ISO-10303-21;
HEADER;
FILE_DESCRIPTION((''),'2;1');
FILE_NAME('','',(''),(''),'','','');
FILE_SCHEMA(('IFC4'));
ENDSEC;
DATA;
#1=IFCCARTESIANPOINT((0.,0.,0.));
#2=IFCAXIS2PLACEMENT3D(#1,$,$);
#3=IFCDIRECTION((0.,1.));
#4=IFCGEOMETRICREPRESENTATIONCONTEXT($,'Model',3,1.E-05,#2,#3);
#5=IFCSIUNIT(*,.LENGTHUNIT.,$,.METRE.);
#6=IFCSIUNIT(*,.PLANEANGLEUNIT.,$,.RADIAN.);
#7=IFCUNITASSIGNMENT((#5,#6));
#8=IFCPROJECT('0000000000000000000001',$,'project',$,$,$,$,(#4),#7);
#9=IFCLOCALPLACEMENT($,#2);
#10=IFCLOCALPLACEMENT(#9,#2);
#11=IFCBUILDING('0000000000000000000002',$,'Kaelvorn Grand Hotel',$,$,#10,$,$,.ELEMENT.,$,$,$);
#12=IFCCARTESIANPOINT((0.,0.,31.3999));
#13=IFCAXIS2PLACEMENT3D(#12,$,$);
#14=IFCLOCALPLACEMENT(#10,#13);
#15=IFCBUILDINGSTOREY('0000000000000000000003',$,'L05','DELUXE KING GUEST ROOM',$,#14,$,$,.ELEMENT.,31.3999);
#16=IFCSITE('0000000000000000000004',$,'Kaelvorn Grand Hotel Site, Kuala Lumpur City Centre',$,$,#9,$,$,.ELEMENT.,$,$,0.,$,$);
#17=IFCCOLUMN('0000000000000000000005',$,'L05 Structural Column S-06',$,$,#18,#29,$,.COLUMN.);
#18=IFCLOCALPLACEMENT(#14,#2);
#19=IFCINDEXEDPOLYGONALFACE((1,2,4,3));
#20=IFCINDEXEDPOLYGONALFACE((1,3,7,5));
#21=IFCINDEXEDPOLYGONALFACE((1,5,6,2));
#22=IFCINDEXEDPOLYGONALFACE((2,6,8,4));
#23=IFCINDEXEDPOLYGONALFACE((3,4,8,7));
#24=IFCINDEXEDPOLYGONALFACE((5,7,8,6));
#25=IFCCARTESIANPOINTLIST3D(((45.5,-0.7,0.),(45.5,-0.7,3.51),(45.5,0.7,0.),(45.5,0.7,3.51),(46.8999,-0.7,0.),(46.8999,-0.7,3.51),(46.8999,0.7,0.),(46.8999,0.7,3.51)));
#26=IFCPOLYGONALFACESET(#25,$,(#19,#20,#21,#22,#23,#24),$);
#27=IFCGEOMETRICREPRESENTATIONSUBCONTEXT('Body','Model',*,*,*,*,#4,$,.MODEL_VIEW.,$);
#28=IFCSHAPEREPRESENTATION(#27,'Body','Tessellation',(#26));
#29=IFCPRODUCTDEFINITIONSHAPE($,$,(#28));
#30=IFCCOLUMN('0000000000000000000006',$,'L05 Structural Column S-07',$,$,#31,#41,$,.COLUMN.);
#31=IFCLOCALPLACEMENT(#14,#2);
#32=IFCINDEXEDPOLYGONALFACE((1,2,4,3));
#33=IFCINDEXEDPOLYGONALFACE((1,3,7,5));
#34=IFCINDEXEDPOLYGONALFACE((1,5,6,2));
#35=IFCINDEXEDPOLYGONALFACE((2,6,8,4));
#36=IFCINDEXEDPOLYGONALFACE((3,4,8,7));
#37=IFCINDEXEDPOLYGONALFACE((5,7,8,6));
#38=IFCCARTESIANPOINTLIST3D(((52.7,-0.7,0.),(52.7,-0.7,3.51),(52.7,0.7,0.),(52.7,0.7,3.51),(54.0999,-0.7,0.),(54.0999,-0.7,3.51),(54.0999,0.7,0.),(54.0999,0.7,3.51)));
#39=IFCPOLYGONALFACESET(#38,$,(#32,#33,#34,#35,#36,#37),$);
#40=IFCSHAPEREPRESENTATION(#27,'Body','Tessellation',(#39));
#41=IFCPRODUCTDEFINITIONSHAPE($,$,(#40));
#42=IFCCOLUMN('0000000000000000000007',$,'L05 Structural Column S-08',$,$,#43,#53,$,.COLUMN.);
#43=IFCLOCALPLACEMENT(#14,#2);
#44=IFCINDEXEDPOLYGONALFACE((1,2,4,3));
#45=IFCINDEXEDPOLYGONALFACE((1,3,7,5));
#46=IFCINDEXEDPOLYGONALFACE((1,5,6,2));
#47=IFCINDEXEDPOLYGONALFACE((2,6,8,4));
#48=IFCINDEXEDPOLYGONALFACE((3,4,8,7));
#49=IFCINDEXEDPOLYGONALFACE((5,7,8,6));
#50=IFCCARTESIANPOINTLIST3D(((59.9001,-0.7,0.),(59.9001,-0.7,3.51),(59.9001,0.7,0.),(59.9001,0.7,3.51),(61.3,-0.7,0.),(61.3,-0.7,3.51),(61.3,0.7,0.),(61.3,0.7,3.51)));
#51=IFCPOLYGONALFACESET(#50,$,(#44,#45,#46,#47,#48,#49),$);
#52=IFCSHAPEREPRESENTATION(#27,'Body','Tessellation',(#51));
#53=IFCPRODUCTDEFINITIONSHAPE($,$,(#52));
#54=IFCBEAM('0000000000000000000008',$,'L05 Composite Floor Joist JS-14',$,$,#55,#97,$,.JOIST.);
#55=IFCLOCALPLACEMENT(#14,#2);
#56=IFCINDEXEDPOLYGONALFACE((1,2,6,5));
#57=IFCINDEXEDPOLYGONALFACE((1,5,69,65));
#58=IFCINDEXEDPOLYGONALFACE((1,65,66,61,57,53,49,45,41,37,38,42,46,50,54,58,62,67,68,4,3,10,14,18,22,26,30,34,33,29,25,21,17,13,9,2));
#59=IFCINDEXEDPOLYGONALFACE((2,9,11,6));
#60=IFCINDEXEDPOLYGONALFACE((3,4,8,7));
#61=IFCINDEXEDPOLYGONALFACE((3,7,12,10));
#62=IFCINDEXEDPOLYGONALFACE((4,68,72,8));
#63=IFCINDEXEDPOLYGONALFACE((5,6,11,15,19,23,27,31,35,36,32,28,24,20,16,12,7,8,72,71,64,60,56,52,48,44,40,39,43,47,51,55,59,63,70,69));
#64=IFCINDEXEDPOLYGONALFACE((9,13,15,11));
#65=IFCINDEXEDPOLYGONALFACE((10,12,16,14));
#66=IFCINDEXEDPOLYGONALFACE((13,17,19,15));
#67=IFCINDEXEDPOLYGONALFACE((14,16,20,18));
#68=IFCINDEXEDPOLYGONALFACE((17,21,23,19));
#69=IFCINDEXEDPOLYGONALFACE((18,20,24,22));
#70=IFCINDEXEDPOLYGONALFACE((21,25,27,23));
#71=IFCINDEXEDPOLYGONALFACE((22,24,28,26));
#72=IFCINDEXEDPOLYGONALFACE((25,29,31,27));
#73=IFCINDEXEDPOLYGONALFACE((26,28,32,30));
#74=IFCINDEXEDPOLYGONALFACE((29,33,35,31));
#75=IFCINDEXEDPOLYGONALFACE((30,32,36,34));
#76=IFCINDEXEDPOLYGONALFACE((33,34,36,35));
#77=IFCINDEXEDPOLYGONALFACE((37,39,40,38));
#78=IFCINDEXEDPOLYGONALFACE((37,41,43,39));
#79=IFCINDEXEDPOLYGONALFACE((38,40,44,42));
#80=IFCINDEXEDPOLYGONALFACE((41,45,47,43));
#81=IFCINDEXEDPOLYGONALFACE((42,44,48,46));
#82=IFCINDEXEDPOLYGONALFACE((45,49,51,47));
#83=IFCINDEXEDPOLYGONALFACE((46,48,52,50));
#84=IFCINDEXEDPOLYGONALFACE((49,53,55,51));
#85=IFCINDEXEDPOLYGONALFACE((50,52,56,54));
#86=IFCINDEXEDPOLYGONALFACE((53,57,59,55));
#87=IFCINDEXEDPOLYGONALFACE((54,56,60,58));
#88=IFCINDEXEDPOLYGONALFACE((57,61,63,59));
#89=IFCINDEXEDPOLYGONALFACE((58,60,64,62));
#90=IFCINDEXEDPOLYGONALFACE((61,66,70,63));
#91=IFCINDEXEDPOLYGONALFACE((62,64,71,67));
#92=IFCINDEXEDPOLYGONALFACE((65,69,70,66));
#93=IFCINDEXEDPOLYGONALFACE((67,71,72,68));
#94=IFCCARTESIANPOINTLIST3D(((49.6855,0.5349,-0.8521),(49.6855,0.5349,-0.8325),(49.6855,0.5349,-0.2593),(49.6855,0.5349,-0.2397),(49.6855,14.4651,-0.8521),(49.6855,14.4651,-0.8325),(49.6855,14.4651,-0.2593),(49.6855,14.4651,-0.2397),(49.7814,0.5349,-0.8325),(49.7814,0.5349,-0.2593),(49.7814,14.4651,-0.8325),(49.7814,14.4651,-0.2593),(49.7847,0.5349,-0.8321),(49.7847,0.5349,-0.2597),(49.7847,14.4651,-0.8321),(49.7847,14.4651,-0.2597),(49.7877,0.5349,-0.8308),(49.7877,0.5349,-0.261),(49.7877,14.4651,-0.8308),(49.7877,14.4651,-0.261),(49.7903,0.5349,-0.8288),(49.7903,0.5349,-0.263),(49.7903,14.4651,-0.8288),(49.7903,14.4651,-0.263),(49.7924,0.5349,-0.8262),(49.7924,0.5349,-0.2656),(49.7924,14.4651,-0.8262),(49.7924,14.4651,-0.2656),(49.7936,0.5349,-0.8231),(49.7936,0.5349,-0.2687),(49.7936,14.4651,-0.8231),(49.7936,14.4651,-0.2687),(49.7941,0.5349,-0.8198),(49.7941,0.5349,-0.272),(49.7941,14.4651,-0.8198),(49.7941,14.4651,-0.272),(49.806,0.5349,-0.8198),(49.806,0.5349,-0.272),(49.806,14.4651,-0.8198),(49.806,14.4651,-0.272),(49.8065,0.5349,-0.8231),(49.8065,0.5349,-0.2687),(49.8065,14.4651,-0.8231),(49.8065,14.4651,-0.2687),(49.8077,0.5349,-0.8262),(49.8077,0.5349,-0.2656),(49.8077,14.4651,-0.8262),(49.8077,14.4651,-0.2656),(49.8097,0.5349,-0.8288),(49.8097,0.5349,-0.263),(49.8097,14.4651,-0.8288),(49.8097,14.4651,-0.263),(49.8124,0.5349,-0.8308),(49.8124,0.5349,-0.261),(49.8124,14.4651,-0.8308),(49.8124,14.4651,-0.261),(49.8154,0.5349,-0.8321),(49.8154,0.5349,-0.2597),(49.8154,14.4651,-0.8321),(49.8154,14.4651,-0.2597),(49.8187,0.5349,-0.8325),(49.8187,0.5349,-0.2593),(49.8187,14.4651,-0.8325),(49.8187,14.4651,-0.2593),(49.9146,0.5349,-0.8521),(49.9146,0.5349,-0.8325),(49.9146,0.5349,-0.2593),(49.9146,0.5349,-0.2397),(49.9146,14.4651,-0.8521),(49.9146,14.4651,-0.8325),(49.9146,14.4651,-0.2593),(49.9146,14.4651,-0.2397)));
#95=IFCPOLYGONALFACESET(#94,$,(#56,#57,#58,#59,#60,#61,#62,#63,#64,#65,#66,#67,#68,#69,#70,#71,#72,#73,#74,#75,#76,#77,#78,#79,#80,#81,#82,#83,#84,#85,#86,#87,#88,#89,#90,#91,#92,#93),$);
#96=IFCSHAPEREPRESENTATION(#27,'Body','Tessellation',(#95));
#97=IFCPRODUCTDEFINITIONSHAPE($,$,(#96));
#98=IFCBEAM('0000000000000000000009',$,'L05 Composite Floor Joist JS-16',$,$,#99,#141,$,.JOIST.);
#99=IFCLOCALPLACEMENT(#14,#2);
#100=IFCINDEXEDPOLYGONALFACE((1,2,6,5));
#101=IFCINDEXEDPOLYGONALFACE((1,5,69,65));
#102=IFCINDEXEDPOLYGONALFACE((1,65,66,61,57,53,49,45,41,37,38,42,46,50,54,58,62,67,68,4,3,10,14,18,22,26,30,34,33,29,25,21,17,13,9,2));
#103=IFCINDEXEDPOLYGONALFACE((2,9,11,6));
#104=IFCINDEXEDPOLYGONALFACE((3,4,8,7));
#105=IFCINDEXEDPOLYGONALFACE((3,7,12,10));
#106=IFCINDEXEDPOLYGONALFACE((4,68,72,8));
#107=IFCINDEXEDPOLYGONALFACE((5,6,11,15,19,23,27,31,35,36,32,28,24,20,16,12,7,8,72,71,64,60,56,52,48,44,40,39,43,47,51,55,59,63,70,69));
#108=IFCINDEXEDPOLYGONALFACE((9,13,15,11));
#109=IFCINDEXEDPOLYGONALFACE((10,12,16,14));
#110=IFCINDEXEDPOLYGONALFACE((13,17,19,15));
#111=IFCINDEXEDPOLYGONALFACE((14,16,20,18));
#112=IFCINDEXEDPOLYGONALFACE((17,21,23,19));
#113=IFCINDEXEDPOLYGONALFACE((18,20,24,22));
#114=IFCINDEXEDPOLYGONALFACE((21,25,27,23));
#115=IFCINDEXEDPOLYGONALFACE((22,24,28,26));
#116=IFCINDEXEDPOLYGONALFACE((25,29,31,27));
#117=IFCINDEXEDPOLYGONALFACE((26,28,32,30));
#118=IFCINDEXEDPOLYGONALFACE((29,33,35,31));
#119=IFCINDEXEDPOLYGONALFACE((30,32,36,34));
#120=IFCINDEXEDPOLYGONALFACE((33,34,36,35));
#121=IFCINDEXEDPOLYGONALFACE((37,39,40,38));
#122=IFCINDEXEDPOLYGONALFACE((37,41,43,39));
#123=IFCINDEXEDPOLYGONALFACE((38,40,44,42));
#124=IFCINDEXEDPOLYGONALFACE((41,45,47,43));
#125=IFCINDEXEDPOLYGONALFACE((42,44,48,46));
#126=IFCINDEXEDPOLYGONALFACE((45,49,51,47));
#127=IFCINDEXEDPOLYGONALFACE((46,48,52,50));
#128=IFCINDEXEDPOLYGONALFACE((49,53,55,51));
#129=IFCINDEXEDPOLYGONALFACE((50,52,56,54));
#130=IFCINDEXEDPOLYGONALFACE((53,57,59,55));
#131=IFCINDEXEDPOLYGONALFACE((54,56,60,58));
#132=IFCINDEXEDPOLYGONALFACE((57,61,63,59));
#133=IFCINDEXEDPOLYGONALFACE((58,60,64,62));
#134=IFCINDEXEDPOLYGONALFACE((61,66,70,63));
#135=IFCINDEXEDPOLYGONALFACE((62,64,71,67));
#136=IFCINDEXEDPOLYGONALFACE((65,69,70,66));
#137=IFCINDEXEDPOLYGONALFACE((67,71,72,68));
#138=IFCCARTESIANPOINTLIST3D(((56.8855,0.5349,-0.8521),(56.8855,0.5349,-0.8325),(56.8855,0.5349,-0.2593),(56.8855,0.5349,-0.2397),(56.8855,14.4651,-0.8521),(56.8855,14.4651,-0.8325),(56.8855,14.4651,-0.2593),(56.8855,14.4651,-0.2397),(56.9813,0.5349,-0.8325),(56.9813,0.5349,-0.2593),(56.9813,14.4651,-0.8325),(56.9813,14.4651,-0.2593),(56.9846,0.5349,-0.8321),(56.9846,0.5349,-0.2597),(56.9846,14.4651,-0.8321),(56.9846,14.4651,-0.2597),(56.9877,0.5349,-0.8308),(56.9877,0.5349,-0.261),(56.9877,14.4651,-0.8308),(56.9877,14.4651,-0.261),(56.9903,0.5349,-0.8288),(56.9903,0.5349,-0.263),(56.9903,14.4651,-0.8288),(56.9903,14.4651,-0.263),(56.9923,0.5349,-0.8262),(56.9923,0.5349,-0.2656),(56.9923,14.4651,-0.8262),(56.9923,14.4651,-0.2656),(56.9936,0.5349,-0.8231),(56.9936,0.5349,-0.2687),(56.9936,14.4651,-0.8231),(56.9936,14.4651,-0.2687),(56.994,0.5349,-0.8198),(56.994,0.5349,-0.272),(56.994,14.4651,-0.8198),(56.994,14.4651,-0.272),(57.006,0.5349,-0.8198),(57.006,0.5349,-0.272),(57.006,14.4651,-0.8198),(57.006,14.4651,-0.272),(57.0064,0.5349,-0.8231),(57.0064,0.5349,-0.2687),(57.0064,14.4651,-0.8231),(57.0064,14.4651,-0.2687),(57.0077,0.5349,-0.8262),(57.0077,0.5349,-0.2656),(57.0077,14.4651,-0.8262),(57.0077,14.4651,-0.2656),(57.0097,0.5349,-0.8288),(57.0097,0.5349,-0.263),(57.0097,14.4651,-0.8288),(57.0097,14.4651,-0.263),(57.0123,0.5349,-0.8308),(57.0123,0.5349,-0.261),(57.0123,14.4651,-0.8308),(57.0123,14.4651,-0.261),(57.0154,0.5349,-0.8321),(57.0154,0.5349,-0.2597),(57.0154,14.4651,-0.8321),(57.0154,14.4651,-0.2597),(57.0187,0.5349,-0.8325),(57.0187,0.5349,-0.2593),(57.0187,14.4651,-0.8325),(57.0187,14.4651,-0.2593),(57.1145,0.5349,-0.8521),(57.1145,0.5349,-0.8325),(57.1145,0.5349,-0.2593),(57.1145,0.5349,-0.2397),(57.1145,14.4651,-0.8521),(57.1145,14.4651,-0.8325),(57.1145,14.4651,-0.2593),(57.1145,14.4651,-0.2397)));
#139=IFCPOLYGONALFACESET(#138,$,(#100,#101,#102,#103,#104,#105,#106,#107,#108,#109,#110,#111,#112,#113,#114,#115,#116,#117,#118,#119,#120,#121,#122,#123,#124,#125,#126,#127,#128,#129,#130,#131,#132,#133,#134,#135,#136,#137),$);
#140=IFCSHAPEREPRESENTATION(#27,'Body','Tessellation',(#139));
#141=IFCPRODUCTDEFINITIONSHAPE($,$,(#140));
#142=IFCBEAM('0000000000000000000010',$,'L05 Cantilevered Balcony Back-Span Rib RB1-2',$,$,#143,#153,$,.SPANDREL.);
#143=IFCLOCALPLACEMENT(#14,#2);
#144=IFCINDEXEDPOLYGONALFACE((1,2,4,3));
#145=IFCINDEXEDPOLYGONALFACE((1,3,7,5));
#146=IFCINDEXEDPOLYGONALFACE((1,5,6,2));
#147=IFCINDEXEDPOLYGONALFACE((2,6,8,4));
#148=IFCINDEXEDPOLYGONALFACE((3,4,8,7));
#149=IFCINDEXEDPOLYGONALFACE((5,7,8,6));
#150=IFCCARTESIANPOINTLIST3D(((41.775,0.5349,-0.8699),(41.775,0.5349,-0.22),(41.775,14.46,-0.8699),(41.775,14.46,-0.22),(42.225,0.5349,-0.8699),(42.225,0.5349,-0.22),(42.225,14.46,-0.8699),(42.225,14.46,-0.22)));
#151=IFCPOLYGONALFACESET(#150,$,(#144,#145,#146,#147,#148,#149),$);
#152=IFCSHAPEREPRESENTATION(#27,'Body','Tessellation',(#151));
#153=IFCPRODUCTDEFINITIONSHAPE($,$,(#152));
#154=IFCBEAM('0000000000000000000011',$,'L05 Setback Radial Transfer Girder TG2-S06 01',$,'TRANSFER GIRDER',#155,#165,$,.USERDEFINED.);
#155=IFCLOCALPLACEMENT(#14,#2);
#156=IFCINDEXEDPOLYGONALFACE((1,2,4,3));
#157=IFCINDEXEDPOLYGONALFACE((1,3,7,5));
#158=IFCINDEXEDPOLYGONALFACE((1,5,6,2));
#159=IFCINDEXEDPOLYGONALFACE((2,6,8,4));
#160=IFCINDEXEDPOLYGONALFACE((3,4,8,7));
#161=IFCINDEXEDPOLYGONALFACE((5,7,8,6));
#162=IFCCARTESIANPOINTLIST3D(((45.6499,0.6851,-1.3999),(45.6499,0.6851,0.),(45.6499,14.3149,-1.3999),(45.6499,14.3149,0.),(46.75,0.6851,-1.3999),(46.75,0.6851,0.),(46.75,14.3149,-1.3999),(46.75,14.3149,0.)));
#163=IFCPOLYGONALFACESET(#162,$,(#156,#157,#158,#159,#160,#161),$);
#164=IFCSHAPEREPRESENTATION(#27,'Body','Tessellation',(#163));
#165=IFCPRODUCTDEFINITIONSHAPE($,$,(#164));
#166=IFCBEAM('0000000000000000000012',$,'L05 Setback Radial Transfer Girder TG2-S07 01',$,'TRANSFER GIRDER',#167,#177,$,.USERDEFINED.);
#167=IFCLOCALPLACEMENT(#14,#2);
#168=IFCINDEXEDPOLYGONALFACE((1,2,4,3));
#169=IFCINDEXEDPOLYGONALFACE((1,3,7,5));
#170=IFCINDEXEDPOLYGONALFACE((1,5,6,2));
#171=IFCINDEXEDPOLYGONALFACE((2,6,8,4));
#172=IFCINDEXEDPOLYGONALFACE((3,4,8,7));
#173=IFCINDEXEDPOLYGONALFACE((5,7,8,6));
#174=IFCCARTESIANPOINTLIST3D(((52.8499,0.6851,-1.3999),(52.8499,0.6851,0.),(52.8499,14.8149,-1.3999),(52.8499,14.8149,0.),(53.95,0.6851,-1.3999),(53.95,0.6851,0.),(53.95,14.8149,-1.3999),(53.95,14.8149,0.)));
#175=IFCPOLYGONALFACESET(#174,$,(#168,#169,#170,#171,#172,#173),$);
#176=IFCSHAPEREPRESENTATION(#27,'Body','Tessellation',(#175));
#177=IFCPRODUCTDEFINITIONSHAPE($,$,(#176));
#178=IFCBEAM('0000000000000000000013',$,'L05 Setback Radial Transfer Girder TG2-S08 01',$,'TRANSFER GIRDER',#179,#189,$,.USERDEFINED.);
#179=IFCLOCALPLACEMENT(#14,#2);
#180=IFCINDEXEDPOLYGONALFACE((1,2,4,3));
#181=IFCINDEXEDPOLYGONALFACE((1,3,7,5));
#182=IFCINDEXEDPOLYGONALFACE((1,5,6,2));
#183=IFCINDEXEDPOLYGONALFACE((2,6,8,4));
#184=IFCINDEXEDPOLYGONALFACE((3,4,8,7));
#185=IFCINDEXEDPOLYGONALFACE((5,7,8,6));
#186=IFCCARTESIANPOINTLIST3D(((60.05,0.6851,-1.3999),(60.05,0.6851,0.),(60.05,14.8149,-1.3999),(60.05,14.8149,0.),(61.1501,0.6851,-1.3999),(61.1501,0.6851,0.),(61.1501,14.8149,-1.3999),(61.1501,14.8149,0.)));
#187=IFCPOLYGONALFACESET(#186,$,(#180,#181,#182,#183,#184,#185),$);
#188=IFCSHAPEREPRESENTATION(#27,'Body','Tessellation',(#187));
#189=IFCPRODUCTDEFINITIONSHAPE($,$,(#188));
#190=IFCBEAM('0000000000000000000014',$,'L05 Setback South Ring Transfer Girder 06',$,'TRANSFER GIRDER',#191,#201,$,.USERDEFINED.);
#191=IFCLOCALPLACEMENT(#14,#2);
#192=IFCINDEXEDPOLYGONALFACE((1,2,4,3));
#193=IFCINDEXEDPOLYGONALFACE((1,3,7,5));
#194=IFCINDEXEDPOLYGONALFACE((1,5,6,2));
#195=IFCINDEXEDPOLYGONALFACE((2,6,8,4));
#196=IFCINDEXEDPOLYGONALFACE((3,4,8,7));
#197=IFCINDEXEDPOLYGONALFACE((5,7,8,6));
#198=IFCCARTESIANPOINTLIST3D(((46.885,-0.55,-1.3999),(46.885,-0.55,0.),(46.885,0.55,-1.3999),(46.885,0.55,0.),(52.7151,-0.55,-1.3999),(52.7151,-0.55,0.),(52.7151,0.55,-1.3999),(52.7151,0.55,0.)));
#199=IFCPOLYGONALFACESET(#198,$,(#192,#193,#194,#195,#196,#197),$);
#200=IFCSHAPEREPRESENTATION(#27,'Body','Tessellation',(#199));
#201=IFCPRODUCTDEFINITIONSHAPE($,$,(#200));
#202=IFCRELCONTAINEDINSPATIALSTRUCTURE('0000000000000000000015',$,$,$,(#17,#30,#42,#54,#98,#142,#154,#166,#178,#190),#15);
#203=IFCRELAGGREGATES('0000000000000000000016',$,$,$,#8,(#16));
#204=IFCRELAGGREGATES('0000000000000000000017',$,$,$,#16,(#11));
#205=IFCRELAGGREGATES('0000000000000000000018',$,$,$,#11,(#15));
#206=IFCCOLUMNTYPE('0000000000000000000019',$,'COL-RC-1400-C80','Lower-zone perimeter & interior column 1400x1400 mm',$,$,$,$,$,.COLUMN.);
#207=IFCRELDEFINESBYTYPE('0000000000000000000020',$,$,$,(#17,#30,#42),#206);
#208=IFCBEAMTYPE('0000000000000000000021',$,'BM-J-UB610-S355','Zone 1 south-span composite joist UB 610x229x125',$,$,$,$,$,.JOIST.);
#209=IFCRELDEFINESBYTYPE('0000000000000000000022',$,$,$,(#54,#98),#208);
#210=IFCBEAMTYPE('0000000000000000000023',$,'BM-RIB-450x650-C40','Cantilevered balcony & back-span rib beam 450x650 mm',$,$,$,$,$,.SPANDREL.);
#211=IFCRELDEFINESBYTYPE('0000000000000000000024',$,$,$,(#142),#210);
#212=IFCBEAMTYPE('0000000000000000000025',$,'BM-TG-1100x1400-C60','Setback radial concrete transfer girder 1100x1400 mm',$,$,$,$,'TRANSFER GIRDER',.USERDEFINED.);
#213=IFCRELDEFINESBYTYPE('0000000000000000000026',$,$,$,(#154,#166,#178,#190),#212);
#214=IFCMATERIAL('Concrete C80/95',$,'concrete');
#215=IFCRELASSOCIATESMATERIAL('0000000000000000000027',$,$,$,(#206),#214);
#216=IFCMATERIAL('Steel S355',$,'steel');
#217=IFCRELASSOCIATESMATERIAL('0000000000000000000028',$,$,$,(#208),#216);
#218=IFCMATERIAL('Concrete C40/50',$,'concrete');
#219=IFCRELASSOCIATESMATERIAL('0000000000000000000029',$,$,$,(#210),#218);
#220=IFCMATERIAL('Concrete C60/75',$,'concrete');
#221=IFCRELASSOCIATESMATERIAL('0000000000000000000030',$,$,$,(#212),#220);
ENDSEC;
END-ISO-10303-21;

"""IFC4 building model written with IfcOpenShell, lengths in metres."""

from ifc_helpers import new_model, si_unit, direction, frame, origin, origin_2d, place, context, subcontext, project, spatial, rectangle, i_section, extrude, material, material_profile, profile_set, type_object, element, save


model = new_model("IFC4")

# Units and contexts
model_context = context("Model", 3, precision=1e-05, world=origin(), true_north=direction((0.0, 1.0)))
body_context = subcontext(model_context, "Body", "Model", "MODEL_VIEW")
ifc_project = project(units=[si_unit("LENGTHUNIT", "METRE"), si_unit("PLANEANGLEUNIT", "RADIAN")], contexts=[model_context])

# Site, building, storey
site_placement = place(None, origin())
site = spatial("IfcSite", under=ifc_project, at=site_placement, Name="Kaelvorn Grand Hotel Site, Kuala Lumpur City Centre", CompositionType="ELEMENT", RefElevation=0.0)
building_placement = place(site_placement, origin())
building = spatial("IfcBuilding", under=site, at=building_placement, Name="Kaelvorn Grand Hotel", CompositionType="ELEMENT")
storey_placement = place(building_placement, frame((0.0, 0.0, 31.3999)))
storey = spatial("IfcBuildingStorey", under=building, at=storey_placement, Name="L05", Description="DELUXE KING GUEST ROOM", CompositionType="ELEMENT", Elevation=31.3999)

# Columns
ifc_material_1 = material(Name="Concrete C80/95", Category="concrete")
ifc_material_profile_1 = material_profile(ifc_material_1, rectangle(XDim=1.3999, YDim=1.3999, at=origin_2d()), Name="RC COL 1400x1400")
ifc_profile_set_1 = profile_set([ifc_material_profile_1], Name="Concrete C80/95")
column_type = type_object("IfcColumnType", Name="COL-RC-1400-C80", Description="Lower-zone perimeter & interior column 1400x1400 mm", PredefinedType="COLUMN", material=ifc_profile_set_1)
for number, where, z_axis, x_axis, name in (
    (1, (46.2, 0.0, 0.0), (0.0, 0.0, 1.0), (1.0, 0.0, 0.0), "L05 Structural Column S-06"),
    (2, (53.3999, 0.0, 0.0), (0.0, 0.0, 1.0), (1.0, 0.0, 0.0), "L05 Structural Column S-07"),
    (3, (60.6001, 0.0, 0.0), (0.0, 0.0, 1.0), (1.0, 0.0, 0.0), "L05 Structural Column S-08"),
):
    element("IfcColumn", number, at=place(storey_placement, frame(where, z_axis=z_axis, x_axis=x_axis)), inside=storey, type_object=column_type, Name=name, PredefinedType="COLUMN", context=body_context, shape_type="SweptSolid", body=[
        extrude(rectangle(XDim=1.3999, YDim=1.3999, at=origin_2d()), origin(), (0.0, 0.0, 1.0), 3.51),
    ])

# Beams
ifc_material_2 = material(Name="Steel S355", Category="steel")
ifc_material_profile_2 = material_profile(ifc_material_2, i_section(OverallWidth=0.229, OverallDepth=0.6123, WebThickness=0.012, FlangeThickness=0.0195, FilletRadius=0.0127, at=origin_2d()), Name="UB 610x229x125")
ifc_profile_set_2 = profile_set([ifc_material_profile_2], Name="Steel S355")
beam_type_1 = type_object("IfcBeamType", Name="BM-J-UB610-S355", Description="Zone 1 south-span composite joist UB 610x229x125", PredefinedType="JOIST", material=ifc_profile_set_2)
for number, where, z_axis, x_axis, name in (
    (4, (49.8, 0.5349, -0.5459), (0.0, 1.0, 0.0), (-1.0, 0.0, 0.0), "L05 Composite Floor Joist JS-14"),
    (5, (57.0, 0.5349, -0.5459), (0.0, 1.0, 0.0), (-1.0, 0.0, 0.0), "L05 Composite Floor Joist JS-16"),
):
    element("IfcBeam", number, at=place(storey_placement, frame(where, z_axis=z_axis, x_axis=x_axis)), inside=storey, type_object=beam_type_1, Name=name, PredefinedType="JOIST", context=body_context, shape_type="SweptSolid", body=[
        extrude(i_section(OverallWidth=0.229, OverallDepth=0.6123, WebThickness=0.012, FlangeThickness=0.0195, FilletRadius=0.0127, at=origin_2d()), origin(), (0.0, 0.0, 1.0), 13.9302),
    ])
ifc_material_3 = material(Name="Concrete C40/50", Category="concrete")
ifc_material_profile_3 = material_profile(ifc_material_3, rectangle(XDim=0.45, YDim=0.6499, at=origin_2d()), Name="RC RIB 450x650")
ifc_profile_set_3 = profile_set([ifc_material_profile_3], Name="Concrete C40/50")
beam_type_2 = type_object("IfcBeamType", Name="BM-RIB-450x650-C40", Description="Cantilevered balcony & back-span rib beam 450x650 mm", PredefinedType="SPANDREL", material=ifc_profile_set_3)
beam_1_placement = place(storey_placement, frame((42.0, 0.5349, -0.5449), z_axis=(0.0, 1.0, 0.0), x_axis=(-1.0, 0.0, 0.0)))
element("IfcBeam", 6, at=beam_1_placement, inside=storey, type_object=beam_type_2, Name="L05 Cantilevered Balcony Back-Span Rib RB1-2", PredefinedType="SPANDREL", context=body_context, shape_type="SweptSolid", body=[
    extrude(rectangle(XDim=0.45, YDim=0.6499, at=origin_2d()), origin(), (0.0, 0.0, 1.0), 13.925),
])
ifc_material_4 = material(Name="Concrete C60/75", Category="concrete")
ifc_material_profile_4 = material_profile(ifc_material_4, rectangle(XDim=1.1001, YDim=1.3999, at=origin_2d()), Name="RC TG 1100x1400")
ifc_profile_set_4 = profile_set([ifc_material_profile_4], Name="Concrete C60/75")
beam_type_3 = type_object("IfcBeamType", Name="BM-TG-1100x1400-C60", Description="Setback radial concrete transfer girder 1100x1400 mm", ElementType="TRANSFER GIRDER", PredefinedType="USERDEFINED", material=ifc_profile_set_4)
beam_2_placement = place(storey_placement, frame((46.2, 0.6851, -0.7), z_axis=(0.0, 1.0, 0.0), x_axis=(-1.0, 0.0, 0.0)))
element("IfcBeam", 7, at=beam_2_placement, inside=storey, type_object=beam_type_3, Name="L05 Setback Radial Transfer Girder TG2-S06 01", ObjectType="TRANSFER GIRDER", PredefinedType="USERDEFINED", context=body_context, shape_type="SweptSolid", body=[
    extrude(rectangle(XDim=1.1001, YDim=1.3999, at=origin_2d()), origin(), (0.0, 0.0, 1.0), 13.6299),
])
for number, where, z_axis, x_axis, name in (
    (8, (53.3999, 0.6851, -0.7), (0.0, 1.0, 0.0), (-1.0, 0.0, 0.0), "L05 Setback Radial Transfer Girder TG2-S07 01"),
    (9, (60.6001, 0.6851, -0.7), (0.0, 1.0, 0.0), (-1.0, 0.0, 0.0), "L05 Setback Radial Transfer Girder TG2-S08 01"),
):
    element("IfcBeam", number, at=place(storey_placement, frame(where, z_axis=z_axis, x_axis=x_axis)), inside=storey, type_object=beam_type_3, Name=name, ObjectType="TRANSFER GIRDER", PredefinedType="USERDEFINED", context=body_context, shape_type="SweptSolid", body=[
        extrude(rectangle(XDim=1.1001, YDim=1.3999, at=origin_2d()), origin(), (0.0, 0.0, 1.0), 14.1299),
    ])
for number, where, z_axis, x_axis, name in (
    (10, (46.885, 0.0, -0.7), (1.0, 0.0, 0.0), (0.0, 1.0, 0.0), "L05 Setback South Ring Transfer Girder 06"),
):
    element("IfcBeam", number, at=place(storey_placement, frame(where, z_axis=z_axis, x_axis=x_axis)), inside=storey, type_object=beam_type_3, Name=name, ObjectType="TRANSFER GIRDER", PredefinedType="USERDEFINED", context=body_context, shape_type="SweptSolid", body=[
        extrude(rectangle(XDim=1.1001, YDim=1.3999, at=origin_2d()), origin(), (0.0, 0.0, 1.0), 5.8301),
    ])

save(model, "model.ifc")
